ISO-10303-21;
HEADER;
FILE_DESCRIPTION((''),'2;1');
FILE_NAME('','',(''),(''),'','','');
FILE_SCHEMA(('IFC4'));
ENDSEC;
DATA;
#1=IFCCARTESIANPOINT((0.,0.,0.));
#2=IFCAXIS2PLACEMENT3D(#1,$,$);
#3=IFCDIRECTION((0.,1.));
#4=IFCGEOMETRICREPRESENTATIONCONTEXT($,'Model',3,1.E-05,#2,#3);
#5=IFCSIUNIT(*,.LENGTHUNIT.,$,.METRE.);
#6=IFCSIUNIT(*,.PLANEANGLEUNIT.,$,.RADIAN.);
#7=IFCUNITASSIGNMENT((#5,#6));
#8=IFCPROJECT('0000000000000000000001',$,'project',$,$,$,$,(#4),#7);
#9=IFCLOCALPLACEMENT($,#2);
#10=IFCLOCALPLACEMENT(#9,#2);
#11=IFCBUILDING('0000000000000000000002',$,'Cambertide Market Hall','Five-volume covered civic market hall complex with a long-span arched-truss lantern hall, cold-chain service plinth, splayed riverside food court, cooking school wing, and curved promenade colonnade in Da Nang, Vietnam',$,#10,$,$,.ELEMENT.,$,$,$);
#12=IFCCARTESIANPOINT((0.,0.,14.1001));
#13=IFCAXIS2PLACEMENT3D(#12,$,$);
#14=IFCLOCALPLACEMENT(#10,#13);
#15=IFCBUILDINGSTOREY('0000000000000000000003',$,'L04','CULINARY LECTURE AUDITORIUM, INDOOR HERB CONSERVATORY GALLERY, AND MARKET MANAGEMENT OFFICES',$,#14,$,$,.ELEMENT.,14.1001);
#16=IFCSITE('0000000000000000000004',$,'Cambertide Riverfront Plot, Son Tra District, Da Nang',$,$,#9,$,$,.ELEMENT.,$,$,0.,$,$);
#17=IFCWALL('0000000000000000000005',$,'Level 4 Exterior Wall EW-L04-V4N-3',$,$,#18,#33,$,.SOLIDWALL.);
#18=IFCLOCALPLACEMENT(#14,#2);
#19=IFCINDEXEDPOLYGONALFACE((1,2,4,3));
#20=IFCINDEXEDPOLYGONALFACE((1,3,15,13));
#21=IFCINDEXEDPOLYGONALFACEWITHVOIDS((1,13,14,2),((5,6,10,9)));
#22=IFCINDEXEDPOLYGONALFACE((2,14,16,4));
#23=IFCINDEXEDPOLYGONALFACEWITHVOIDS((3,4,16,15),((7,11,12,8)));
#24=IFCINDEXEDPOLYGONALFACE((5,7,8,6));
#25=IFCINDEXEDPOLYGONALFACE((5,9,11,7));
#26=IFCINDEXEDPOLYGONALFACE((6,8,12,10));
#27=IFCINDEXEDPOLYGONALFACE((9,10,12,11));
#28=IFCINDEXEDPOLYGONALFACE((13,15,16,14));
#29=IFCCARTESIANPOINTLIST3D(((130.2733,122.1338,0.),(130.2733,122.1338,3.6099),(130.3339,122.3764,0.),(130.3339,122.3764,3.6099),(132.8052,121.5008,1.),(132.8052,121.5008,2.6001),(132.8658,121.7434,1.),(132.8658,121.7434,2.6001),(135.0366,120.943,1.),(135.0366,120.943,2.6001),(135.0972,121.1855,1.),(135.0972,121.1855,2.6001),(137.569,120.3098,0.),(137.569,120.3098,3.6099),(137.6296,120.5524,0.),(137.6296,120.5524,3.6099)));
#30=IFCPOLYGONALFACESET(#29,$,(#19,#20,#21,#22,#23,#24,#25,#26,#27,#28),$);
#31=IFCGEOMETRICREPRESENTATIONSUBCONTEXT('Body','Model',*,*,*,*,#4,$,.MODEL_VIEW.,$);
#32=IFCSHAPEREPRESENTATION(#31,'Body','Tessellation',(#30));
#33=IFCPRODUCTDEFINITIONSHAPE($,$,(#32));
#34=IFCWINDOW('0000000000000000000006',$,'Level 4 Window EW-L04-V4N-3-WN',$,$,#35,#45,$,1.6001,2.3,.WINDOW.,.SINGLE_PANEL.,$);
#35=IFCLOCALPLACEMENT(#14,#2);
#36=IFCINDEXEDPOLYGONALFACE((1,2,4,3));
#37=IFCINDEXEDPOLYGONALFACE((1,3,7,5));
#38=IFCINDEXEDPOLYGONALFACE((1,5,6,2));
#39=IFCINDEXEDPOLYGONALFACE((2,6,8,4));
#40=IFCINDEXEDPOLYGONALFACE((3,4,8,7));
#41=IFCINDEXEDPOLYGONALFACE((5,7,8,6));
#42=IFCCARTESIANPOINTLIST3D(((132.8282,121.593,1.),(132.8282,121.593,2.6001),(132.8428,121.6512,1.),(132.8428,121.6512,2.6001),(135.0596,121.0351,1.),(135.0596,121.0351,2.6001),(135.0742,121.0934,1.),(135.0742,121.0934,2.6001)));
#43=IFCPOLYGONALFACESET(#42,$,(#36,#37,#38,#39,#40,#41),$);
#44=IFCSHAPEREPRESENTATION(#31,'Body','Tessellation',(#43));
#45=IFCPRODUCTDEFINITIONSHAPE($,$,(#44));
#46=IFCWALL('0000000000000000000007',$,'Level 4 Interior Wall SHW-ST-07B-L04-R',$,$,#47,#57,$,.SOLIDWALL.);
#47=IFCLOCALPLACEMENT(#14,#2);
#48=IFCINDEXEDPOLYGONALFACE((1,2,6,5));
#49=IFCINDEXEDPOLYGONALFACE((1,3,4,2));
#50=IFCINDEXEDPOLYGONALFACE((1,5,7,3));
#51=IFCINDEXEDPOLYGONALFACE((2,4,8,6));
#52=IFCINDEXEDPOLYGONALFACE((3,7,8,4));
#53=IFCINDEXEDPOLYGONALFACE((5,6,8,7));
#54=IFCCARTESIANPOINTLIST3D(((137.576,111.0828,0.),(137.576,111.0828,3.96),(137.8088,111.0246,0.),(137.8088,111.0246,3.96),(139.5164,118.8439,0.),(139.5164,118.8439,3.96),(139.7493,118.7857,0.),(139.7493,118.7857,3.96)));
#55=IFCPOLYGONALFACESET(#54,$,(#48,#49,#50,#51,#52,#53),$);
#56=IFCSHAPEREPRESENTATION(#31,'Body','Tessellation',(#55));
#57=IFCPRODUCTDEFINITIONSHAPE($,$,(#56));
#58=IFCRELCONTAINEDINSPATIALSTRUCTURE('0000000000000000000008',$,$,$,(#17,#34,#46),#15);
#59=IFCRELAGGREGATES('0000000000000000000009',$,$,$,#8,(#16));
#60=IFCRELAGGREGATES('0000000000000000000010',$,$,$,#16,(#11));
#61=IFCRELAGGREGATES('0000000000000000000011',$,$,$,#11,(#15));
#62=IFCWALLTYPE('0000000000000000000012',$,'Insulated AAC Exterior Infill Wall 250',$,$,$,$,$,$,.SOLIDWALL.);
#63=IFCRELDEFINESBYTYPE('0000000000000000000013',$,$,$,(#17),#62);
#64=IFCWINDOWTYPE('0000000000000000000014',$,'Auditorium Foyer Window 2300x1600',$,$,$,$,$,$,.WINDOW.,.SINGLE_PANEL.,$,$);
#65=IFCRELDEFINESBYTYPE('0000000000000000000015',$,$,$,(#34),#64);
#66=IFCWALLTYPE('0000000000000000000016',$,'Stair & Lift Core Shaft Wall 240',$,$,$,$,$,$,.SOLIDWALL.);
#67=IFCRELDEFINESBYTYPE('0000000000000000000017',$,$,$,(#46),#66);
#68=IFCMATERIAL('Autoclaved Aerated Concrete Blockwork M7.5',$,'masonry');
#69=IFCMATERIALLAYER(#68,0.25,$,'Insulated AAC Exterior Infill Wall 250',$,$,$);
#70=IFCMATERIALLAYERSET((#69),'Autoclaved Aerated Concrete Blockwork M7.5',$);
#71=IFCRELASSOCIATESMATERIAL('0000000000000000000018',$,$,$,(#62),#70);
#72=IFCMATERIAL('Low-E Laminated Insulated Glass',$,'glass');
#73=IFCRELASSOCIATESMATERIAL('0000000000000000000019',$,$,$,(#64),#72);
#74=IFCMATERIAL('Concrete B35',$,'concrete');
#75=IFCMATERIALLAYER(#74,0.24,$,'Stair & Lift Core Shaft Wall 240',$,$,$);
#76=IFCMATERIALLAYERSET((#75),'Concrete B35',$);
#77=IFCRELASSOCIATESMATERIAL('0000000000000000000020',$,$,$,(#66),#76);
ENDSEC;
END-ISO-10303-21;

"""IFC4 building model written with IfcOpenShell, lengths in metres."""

from ifc_helpers import new_model, si_unit, direction, frame, frame_2d, origin, place, context, subcontext, project, spatial, rectangle, extrude, material, layer, layer_set, type_object, element, fill, save


model = new_model("IFC4")

# Units and contexts
model_context = context("Model", 3, precision=1e-05, world=origin(), true_north=direction((0.0, 1.0)))
body_context = subcontext(model_context, "Body", "Model", "MODEL_VIEW")
ifc_project = project(units=[si_unit("LENGTHUNIT", "METRE"), si_unit("PLANEANGLEUNIT", "RADIAN")], contexts=[model_context])

# Site, building, storey
site_placement = place(None, origin())
site = spatial("IfcSite", under=ifc_project, at=site_placement, Name="Cambertide Riverfront Plot, Son Tra District, Da Nang", CompositionType="ELEMENT", RefElevation=0.0)
building_placement = place(site_placement, origin())
building = spatial("IfcBuilding", under=site, at=building_placement, Name="Cambertide Market Hall", Description="Five-volume covered civic market hall complex with a long-span arched-truss lantern hall, cold-chain service plinth, splayed riverside food court, cooking school wing, and curved promenade colonnade in Da Nang, Vietnam", CompositionType="ELEMENT")
storey_placement = place(building_placement, frame((0.0, 0.0, 14.1001)))
storey = spatial("IfcBuildingStorey", under=building, at=storey_placement, Name="L04", Description="CULINARY LECTURE AUDITORIUM, INDOOR HERB CONSERVATORY GALLERY, AND MARKET MANAGEMENT OFFICES", CompositionType="ELEMENT", Elevation=14.1001)

# Wall, opening, window
ifc_material_1 = material(Name="Autoclaved Aerated Concrete Blockwork M7.5", Category="masonry")
ifc_layer_1 = layer(ifc_material_1, 0.25, Name="Insulated AAC Exterior Infill Wall 250")
ifc_layer_set_1 = layer_set([ifc_layer_1], Name="Autoclaved Aerated Concrete Blockwork M7.5")
wall_type_1 = type_object("IfcWallType", Name="Insulated AAC Exterior Infill Wall 250", PredefinedType="SOLIDWALL", material=ifc_layer_set_1)
wall_1_placement = place(storey_placement, frame((130.3035, 122.2551, 0.0), z_axis=(0.0, 0.0, 1.0), x_axis=(0.970141, -0.242543, 0.0)))
wall_1 = element("IfcWall", 1, at=wall_1_placement, inside=storey, type_object=wall_type_1, Name="Level 4 Exterior Wall EW-L04-V4N-3", PredefinedType="SOLIDWALL", context=body_context, shape_type="SweptSolid", body=[
    extrude(rectangle(XDim=7.5203, YDim=0.25, at=frame_2d((3.7603, 0.0))), origin(), (0.0, 0.0, 1.0), 3.6099),
])
opening_placement = place(wall_1_placement, frame((2.6101, 0.0, 1.0)))
opening = element("IfcOpeningElement", 2, at=opening_placement, cuts=wall_1, PredefinedType="OPENING", context=body_context, shape_type="SweptSolid", body=[
    extrude(rectangle(XDim=2.3, YDim=1.6001, at=frame_2d((1.1499, 0.8))), frame((0.0, 0.135, 0.0), z_axis=(0.0, -1.0, 0.0), x_axis=(1.0, 0.0, 0.0)), (0.0, 0.0, 1.0), 0.27),
])
ifc_material_2 = material(Name="Low-E Laminated Insulated Glass", Category="glass")
window_type = type_object("IfcWindowType", Name="Auditorium Foyer Window 2300x1600", PartitioningType="SINGLE_PANEL", PredefinedType="WINDOW", material=ifc_material_2)
window_placement = place(opening_placement, origin())
window = element("IfcWindow", 3, at=window_placement, inside=storey, type_object=window_type, Name="Level 4 Window EW-L04-V4N-3-WN", OverallHeight=1.6001, OverallWidth=2.3, PartitioningType="SINGLE_PANEL", PredefinedType="WINDOW", context=body_context, shape_type="SweptSolid", body=[
    extrude(rectangle(XDim=2.3, YDim=1.6001, at=frame_2d((1.1499, 0.8))), frame((0.0, 0.03, 0.0), z_axis=(0.0, -1.0, 0.0), x_axis=(1.0, 0.0, 0.0)), (0.0, 0.0, 1.0), 0.0601),
])
fill(opening, window)

# Wall
ifc_material_3 = material(Name="Concrete B35", Category="concrete")
ifc_layer_2 = layer(ifc_material_3, 0.24, Name="Stair & Lift Core Shaft Wall 240")
ifc_layer_set_2 = layer_set([ifc_layer_2], Name="Concrete B35")
wall_type_2 = type_object("IfcWallType", Name="Stair & Lift Core Shaft Wall 240", PredefinedType="SOLIDWALL", material=ifc_layer_set_2)
wall_2_placement = place(storey_placement, frame((137.6924, 111.0537, 0.0), z_axis=(0.0, 0.0, 1.0), x_axis=(0.242557, 0.970137, 0.0)))
element("IfcWall", 4, at=wall_2_placement, inside=storey, type_object=wall_type_2, Name="Level 4 Interior Wall SHW-ST-07B-L04-R", PredefinedType="SOLIDWALL", context=body_context, shape_type="SweptSolid", body=[
    extrude(rectangle(XDim=8.0, YDim=0.24, at=frame_2d((4.0, 0.0))), origin(), (0.0, 0.0, 1.0), 3.96),
])

save(model, "model.ifc")
